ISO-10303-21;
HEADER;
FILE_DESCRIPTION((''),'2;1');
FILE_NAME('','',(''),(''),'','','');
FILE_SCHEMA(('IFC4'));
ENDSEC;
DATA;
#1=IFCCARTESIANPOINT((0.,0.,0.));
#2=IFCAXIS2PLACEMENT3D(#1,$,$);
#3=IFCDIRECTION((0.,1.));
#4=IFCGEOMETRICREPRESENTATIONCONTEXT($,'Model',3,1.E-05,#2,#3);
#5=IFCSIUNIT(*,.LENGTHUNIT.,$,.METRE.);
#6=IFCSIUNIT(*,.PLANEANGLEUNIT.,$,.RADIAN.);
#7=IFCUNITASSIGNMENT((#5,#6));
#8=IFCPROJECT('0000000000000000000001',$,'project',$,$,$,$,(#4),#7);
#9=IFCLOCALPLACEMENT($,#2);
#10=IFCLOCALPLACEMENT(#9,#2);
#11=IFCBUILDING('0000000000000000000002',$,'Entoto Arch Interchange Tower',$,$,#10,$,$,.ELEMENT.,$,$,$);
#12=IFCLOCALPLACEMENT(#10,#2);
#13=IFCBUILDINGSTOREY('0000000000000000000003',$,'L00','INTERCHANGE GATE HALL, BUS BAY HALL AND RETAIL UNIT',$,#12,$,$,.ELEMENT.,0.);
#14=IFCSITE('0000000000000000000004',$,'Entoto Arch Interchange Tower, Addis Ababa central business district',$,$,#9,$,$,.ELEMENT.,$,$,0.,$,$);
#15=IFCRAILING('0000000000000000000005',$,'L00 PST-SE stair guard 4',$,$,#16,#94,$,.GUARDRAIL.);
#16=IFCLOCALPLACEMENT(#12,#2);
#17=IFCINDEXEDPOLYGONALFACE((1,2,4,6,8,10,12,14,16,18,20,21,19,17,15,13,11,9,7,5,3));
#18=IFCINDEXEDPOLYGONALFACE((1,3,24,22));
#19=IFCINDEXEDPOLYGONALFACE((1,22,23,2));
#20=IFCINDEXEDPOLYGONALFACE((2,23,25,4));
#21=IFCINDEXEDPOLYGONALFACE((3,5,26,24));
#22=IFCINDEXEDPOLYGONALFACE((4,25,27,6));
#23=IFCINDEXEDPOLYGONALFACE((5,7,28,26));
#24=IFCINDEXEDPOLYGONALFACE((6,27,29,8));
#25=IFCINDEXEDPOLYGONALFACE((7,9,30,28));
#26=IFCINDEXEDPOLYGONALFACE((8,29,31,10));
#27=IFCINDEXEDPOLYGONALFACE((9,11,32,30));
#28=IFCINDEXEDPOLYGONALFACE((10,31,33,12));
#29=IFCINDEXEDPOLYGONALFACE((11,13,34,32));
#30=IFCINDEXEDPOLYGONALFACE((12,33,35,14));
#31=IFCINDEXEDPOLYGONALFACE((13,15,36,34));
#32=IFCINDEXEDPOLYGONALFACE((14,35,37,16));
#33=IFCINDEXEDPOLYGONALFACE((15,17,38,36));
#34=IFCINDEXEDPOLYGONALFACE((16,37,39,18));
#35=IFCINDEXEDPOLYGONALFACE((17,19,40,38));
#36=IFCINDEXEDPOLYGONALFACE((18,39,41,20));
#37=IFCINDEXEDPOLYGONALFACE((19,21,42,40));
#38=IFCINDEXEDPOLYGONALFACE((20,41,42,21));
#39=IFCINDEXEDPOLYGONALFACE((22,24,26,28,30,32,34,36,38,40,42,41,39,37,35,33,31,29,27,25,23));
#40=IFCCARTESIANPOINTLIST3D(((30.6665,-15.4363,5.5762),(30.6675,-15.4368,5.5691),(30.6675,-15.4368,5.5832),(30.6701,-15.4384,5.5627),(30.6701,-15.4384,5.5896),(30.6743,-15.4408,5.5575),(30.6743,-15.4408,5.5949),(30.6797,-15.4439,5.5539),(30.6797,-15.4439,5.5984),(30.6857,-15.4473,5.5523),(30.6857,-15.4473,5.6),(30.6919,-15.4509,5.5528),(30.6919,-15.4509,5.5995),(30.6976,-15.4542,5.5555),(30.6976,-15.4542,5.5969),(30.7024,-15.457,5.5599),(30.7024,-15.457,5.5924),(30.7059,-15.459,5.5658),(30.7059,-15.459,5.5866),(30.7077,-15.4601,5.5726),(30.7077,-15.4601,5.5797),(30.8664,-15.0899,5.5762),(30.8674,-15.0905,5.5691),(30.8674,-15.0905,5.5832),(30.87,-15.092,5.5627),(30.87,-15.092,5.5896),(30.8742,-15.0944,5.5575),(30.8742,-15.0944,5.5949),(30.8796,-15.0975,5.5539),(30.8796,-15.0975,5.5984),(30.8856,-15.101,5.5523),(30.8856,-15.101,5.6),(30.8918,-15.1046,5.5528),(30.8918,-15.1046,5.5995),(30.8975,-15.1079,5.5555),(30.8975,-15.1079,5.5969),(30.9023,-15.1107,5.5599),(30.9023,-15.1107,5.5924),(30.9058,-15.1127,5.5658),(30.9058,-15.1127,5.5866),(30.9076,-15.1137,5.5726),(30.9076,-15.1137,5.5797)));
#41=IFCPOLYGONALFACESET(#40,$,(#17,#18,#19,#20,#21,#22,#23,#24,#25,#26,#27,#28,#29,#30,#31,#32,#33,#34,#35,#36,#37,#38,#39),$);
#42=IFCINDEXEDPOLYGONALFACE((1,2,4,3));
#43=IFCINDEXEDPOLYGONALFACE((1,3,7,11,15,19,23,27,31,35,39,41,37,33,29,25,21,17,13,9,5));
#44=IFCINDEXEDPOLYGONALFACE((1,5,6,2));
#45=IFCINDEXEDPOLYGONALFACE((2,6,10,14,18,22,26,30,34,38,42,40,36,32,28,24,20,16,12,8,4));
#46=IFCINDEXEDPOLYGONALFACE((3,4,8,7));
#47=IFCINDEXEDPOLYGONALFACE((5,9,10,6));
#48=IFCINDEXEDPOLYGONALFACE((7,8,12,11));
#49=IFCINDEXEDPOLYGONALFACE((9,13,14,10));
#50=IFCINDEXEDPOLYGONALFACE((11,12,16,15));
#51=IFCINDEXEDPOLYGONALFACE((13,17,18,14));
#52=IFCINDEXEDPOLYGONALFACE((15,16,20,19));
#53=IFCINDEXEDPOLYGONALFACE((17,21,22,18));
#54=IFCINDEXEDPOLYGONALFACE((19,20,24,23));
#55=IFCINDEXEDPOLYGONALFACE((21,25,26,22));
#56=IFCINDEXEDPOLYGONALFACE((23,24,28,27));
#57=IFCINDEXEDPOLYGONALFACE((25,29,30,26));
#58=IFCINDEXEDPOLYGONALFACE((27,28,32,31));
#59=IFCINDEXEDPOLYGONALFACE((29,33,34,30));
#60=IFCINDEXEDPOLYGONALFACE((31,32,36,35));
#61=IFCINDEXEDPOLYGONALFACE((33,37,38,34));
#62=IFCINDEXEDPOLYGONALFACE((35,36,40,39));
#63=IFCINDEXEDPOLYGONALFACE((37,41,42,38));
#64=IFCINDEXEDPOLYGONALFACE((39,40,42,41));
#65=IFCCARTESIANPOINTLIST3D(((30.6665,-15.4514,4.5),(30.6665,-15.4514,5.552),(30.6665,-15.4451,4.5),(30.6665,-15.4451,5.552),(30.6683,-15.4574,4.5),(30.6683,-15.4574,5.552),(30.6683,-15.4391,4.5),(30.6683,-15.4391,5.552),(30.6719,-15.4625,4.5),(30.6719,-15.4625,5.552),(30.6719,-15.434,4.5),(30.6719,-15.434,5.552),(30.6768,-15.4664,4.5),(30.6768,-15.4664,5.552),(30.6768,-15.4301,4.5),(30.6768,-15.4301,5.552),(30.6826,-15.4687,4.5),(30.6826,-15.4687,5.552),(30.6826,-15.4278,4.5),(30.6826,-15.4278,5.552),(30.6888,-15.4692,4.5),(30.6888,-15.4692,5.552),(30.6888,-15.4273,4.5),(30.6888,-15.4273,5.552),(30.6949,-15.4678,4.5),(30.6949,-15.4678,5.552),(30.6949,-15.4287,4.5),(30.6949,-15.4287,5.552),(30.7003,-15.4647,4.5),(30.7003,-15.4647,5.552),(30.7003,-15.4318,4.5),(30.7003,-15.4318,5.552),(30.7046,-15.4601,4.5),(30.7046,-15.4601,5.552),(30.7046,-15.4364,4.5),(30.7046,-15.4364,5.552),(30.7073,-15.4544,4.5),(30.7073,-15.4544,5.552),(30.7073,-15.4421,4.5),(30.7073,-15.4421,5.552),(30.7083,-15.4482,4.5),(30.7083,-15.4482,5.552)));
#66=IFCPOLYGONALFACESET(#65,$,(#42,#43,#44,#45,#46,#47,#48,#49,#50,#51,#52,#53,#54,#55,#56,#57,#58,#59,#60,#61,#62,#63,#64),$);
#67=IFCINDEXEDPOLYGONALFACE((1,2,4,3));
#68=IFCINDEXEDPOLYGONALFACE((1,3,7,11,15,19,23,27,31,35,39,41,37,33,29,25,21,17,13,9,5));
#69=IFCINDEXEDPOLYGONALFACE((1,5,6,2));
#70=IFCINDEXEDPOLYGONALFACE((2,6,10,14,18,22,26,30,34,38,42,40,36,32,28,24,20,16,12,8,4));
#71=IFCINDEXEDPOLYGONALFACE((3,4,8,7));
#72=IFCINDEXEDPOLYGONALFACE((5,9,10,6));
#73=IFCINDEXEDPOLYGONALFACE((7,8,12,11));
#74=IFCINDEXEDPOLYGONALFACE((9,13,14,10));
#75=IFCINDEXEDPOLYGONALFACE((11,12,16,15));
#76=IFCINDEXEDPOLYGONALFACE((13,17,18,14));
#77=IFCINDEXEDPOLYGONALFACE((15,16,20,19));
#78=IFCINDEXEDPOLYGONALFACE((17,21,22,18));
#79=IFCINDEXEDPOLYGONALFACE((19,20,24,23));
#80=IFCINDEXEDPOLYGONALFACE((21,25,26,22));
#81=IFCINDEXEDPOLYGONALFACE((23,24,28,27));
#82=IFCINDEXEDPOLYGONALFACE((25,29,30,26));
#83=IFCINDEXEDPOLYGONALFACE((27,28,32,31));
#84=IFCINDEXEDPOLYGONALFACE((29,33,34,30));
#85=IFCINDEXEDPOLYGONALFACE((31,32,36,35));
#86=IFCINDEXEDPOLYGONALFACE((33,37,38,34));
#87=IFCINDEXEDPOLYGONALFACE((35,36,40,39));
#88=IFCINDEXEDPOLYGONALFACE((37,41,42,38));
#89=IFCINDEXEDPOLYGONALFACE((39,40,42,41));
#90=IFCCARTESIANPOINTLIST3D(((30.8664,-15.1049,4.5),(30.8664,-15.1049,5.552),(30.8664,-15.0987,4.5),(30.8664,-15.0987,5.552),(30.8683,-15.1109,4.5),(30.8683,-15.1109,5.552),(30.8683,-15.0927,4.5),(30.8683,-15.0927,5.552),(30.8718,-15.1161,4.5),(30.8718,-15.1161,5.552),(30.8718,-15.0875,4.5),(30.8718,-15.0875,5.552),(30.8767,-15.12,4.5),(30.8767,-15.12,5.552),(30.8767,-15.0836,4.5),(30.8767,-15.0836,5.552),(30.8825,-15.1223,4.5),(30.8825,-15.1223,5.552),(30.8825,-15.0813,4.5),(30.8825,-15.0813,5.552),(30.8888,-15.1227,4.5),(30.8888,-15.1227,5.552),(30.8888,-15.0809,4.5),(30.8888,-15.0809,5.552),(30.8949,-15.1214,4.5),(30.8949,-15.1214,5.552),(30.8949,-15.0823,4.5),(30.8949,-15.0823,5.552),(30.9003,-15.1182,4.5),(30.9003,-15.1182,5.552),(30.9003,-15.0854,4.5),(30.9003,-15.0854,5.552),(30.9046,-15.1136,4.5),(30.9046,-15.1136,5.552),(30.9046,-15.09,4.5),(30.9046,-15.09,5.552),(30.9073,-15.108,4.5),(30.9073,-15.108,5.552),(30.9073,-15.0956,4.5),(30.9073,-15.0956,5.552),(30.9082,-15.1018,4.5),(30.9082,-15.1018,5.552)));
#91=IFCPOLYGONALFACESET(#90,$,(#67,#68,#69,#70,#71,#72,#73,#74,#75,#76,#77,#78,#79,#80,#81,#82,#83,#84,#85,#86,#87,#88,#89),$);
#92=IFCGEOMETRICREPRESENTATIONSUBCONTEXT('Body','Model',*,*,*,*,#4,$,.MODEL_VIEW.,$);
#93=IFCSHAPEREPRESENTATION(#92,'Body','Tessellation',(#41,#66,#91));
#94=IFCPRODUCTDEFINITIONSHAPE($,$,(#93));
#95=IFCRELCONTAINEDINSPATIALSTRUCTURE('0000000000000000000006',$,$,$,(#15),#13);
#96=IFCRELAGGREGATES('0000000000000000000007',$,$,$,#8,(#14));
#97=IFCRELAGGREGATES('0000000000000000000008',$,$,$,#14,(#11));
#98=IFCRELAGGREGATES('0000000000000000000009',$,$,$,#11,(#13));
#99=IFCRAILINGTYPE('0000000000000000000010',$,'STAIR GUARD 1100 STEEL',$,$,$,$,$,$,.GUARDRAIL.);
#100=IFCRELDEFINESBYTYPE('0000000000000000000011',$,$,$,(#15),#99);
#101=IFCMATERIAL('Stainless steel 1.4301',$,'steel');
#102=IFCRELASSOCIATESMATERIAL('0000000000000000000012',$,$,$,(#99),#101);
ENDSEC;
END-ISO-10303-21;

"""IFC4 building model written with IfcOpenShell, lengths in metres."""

from ifc_helpers import new_model, si_unit, direction, frame, origin, origin_2d, place, context, subcontext, project, spatial, circle, extrude, material, type_object, element, save


model = new_model("IFC4")

# Units and contexts
model_context = context("Model", 3, precision=1e-05, world=origin(), true_north=direction((0.0, 1.0)))
body_context = subcontext(model_context, "Body", "Model", "MODEL_VIEW")
ifc_project = project(units=[si_unit("LENGTHUNIT", "METRE"), si_unit("PLANEANGLEUNIT", "RADIAN")], contexts=[model_context])

# Site, building, storey
site_placement = place(None, origin())
site = spatial("IfcSite", under=ifc_project, at=site_placement, Name="Entoto Arch Interchange Tower, Addis Ababa central business district", CompositionType="ELEMENT", RefElevation=0.0)
building_placement = place(site_placement, origin())
building = spatial("IfcBuilding", under=site, at=building_placement, Name="Entoto Arch Interchange Tower", CompositionType="ELEMENT")
storey_placement = place(building_placement, origin())
storey = spatial("IfcBuildingStorey", under=building, at=storey_placement, Name="L00", Description="INTERCHANGE GATE HALL, BUS BAY HALL AND RETAIL UNIT", CompositionType="ELEMENT", Elevation=0.0)

# Railing
ifc_material_1 = material(Name="Stainless steel 1.4301", Category="steel")
railing_type_1 = type_object("IfcRailingType", Name="STAIR GUARD 1100 STEEL", PredefinedType="GUARDRAIL", material=ifc_material_1)
railing_1_placement = place(storey_placement, frame((30.6873, -15.4482, 4.5)))
element("IfcRailing", 1, at=railing_1_placement, inside=storey, type_object=railing_type_1, Name="L00 PST-SE stair guard 4", PredefinedType="GUARDRAIL", context=body_context, shape_type="SweptSolid", body=[
    extrude(circle(Radius=0.0239, at=origin_2d()), frame((0.0, 0.0, 1.0762), z_axis=(0.499881, 0.866094, 0.0), x_axis=(-0.866094, 0.499881, 0.0)), (0.0, 0.0, 1.0), 0.3999),
    extrude(circle(Radius=0.021, at=origin_2d()), origin(), (0.0, 0.0, 1.0), 1.052),
    extrude(circle(Radius=0.021, at=origin_2d()), frame((0.2, 0.3464, 0.0)), (0.0, 0.0, 1.0), 1.052),
])

save(model, "model.ifc")
